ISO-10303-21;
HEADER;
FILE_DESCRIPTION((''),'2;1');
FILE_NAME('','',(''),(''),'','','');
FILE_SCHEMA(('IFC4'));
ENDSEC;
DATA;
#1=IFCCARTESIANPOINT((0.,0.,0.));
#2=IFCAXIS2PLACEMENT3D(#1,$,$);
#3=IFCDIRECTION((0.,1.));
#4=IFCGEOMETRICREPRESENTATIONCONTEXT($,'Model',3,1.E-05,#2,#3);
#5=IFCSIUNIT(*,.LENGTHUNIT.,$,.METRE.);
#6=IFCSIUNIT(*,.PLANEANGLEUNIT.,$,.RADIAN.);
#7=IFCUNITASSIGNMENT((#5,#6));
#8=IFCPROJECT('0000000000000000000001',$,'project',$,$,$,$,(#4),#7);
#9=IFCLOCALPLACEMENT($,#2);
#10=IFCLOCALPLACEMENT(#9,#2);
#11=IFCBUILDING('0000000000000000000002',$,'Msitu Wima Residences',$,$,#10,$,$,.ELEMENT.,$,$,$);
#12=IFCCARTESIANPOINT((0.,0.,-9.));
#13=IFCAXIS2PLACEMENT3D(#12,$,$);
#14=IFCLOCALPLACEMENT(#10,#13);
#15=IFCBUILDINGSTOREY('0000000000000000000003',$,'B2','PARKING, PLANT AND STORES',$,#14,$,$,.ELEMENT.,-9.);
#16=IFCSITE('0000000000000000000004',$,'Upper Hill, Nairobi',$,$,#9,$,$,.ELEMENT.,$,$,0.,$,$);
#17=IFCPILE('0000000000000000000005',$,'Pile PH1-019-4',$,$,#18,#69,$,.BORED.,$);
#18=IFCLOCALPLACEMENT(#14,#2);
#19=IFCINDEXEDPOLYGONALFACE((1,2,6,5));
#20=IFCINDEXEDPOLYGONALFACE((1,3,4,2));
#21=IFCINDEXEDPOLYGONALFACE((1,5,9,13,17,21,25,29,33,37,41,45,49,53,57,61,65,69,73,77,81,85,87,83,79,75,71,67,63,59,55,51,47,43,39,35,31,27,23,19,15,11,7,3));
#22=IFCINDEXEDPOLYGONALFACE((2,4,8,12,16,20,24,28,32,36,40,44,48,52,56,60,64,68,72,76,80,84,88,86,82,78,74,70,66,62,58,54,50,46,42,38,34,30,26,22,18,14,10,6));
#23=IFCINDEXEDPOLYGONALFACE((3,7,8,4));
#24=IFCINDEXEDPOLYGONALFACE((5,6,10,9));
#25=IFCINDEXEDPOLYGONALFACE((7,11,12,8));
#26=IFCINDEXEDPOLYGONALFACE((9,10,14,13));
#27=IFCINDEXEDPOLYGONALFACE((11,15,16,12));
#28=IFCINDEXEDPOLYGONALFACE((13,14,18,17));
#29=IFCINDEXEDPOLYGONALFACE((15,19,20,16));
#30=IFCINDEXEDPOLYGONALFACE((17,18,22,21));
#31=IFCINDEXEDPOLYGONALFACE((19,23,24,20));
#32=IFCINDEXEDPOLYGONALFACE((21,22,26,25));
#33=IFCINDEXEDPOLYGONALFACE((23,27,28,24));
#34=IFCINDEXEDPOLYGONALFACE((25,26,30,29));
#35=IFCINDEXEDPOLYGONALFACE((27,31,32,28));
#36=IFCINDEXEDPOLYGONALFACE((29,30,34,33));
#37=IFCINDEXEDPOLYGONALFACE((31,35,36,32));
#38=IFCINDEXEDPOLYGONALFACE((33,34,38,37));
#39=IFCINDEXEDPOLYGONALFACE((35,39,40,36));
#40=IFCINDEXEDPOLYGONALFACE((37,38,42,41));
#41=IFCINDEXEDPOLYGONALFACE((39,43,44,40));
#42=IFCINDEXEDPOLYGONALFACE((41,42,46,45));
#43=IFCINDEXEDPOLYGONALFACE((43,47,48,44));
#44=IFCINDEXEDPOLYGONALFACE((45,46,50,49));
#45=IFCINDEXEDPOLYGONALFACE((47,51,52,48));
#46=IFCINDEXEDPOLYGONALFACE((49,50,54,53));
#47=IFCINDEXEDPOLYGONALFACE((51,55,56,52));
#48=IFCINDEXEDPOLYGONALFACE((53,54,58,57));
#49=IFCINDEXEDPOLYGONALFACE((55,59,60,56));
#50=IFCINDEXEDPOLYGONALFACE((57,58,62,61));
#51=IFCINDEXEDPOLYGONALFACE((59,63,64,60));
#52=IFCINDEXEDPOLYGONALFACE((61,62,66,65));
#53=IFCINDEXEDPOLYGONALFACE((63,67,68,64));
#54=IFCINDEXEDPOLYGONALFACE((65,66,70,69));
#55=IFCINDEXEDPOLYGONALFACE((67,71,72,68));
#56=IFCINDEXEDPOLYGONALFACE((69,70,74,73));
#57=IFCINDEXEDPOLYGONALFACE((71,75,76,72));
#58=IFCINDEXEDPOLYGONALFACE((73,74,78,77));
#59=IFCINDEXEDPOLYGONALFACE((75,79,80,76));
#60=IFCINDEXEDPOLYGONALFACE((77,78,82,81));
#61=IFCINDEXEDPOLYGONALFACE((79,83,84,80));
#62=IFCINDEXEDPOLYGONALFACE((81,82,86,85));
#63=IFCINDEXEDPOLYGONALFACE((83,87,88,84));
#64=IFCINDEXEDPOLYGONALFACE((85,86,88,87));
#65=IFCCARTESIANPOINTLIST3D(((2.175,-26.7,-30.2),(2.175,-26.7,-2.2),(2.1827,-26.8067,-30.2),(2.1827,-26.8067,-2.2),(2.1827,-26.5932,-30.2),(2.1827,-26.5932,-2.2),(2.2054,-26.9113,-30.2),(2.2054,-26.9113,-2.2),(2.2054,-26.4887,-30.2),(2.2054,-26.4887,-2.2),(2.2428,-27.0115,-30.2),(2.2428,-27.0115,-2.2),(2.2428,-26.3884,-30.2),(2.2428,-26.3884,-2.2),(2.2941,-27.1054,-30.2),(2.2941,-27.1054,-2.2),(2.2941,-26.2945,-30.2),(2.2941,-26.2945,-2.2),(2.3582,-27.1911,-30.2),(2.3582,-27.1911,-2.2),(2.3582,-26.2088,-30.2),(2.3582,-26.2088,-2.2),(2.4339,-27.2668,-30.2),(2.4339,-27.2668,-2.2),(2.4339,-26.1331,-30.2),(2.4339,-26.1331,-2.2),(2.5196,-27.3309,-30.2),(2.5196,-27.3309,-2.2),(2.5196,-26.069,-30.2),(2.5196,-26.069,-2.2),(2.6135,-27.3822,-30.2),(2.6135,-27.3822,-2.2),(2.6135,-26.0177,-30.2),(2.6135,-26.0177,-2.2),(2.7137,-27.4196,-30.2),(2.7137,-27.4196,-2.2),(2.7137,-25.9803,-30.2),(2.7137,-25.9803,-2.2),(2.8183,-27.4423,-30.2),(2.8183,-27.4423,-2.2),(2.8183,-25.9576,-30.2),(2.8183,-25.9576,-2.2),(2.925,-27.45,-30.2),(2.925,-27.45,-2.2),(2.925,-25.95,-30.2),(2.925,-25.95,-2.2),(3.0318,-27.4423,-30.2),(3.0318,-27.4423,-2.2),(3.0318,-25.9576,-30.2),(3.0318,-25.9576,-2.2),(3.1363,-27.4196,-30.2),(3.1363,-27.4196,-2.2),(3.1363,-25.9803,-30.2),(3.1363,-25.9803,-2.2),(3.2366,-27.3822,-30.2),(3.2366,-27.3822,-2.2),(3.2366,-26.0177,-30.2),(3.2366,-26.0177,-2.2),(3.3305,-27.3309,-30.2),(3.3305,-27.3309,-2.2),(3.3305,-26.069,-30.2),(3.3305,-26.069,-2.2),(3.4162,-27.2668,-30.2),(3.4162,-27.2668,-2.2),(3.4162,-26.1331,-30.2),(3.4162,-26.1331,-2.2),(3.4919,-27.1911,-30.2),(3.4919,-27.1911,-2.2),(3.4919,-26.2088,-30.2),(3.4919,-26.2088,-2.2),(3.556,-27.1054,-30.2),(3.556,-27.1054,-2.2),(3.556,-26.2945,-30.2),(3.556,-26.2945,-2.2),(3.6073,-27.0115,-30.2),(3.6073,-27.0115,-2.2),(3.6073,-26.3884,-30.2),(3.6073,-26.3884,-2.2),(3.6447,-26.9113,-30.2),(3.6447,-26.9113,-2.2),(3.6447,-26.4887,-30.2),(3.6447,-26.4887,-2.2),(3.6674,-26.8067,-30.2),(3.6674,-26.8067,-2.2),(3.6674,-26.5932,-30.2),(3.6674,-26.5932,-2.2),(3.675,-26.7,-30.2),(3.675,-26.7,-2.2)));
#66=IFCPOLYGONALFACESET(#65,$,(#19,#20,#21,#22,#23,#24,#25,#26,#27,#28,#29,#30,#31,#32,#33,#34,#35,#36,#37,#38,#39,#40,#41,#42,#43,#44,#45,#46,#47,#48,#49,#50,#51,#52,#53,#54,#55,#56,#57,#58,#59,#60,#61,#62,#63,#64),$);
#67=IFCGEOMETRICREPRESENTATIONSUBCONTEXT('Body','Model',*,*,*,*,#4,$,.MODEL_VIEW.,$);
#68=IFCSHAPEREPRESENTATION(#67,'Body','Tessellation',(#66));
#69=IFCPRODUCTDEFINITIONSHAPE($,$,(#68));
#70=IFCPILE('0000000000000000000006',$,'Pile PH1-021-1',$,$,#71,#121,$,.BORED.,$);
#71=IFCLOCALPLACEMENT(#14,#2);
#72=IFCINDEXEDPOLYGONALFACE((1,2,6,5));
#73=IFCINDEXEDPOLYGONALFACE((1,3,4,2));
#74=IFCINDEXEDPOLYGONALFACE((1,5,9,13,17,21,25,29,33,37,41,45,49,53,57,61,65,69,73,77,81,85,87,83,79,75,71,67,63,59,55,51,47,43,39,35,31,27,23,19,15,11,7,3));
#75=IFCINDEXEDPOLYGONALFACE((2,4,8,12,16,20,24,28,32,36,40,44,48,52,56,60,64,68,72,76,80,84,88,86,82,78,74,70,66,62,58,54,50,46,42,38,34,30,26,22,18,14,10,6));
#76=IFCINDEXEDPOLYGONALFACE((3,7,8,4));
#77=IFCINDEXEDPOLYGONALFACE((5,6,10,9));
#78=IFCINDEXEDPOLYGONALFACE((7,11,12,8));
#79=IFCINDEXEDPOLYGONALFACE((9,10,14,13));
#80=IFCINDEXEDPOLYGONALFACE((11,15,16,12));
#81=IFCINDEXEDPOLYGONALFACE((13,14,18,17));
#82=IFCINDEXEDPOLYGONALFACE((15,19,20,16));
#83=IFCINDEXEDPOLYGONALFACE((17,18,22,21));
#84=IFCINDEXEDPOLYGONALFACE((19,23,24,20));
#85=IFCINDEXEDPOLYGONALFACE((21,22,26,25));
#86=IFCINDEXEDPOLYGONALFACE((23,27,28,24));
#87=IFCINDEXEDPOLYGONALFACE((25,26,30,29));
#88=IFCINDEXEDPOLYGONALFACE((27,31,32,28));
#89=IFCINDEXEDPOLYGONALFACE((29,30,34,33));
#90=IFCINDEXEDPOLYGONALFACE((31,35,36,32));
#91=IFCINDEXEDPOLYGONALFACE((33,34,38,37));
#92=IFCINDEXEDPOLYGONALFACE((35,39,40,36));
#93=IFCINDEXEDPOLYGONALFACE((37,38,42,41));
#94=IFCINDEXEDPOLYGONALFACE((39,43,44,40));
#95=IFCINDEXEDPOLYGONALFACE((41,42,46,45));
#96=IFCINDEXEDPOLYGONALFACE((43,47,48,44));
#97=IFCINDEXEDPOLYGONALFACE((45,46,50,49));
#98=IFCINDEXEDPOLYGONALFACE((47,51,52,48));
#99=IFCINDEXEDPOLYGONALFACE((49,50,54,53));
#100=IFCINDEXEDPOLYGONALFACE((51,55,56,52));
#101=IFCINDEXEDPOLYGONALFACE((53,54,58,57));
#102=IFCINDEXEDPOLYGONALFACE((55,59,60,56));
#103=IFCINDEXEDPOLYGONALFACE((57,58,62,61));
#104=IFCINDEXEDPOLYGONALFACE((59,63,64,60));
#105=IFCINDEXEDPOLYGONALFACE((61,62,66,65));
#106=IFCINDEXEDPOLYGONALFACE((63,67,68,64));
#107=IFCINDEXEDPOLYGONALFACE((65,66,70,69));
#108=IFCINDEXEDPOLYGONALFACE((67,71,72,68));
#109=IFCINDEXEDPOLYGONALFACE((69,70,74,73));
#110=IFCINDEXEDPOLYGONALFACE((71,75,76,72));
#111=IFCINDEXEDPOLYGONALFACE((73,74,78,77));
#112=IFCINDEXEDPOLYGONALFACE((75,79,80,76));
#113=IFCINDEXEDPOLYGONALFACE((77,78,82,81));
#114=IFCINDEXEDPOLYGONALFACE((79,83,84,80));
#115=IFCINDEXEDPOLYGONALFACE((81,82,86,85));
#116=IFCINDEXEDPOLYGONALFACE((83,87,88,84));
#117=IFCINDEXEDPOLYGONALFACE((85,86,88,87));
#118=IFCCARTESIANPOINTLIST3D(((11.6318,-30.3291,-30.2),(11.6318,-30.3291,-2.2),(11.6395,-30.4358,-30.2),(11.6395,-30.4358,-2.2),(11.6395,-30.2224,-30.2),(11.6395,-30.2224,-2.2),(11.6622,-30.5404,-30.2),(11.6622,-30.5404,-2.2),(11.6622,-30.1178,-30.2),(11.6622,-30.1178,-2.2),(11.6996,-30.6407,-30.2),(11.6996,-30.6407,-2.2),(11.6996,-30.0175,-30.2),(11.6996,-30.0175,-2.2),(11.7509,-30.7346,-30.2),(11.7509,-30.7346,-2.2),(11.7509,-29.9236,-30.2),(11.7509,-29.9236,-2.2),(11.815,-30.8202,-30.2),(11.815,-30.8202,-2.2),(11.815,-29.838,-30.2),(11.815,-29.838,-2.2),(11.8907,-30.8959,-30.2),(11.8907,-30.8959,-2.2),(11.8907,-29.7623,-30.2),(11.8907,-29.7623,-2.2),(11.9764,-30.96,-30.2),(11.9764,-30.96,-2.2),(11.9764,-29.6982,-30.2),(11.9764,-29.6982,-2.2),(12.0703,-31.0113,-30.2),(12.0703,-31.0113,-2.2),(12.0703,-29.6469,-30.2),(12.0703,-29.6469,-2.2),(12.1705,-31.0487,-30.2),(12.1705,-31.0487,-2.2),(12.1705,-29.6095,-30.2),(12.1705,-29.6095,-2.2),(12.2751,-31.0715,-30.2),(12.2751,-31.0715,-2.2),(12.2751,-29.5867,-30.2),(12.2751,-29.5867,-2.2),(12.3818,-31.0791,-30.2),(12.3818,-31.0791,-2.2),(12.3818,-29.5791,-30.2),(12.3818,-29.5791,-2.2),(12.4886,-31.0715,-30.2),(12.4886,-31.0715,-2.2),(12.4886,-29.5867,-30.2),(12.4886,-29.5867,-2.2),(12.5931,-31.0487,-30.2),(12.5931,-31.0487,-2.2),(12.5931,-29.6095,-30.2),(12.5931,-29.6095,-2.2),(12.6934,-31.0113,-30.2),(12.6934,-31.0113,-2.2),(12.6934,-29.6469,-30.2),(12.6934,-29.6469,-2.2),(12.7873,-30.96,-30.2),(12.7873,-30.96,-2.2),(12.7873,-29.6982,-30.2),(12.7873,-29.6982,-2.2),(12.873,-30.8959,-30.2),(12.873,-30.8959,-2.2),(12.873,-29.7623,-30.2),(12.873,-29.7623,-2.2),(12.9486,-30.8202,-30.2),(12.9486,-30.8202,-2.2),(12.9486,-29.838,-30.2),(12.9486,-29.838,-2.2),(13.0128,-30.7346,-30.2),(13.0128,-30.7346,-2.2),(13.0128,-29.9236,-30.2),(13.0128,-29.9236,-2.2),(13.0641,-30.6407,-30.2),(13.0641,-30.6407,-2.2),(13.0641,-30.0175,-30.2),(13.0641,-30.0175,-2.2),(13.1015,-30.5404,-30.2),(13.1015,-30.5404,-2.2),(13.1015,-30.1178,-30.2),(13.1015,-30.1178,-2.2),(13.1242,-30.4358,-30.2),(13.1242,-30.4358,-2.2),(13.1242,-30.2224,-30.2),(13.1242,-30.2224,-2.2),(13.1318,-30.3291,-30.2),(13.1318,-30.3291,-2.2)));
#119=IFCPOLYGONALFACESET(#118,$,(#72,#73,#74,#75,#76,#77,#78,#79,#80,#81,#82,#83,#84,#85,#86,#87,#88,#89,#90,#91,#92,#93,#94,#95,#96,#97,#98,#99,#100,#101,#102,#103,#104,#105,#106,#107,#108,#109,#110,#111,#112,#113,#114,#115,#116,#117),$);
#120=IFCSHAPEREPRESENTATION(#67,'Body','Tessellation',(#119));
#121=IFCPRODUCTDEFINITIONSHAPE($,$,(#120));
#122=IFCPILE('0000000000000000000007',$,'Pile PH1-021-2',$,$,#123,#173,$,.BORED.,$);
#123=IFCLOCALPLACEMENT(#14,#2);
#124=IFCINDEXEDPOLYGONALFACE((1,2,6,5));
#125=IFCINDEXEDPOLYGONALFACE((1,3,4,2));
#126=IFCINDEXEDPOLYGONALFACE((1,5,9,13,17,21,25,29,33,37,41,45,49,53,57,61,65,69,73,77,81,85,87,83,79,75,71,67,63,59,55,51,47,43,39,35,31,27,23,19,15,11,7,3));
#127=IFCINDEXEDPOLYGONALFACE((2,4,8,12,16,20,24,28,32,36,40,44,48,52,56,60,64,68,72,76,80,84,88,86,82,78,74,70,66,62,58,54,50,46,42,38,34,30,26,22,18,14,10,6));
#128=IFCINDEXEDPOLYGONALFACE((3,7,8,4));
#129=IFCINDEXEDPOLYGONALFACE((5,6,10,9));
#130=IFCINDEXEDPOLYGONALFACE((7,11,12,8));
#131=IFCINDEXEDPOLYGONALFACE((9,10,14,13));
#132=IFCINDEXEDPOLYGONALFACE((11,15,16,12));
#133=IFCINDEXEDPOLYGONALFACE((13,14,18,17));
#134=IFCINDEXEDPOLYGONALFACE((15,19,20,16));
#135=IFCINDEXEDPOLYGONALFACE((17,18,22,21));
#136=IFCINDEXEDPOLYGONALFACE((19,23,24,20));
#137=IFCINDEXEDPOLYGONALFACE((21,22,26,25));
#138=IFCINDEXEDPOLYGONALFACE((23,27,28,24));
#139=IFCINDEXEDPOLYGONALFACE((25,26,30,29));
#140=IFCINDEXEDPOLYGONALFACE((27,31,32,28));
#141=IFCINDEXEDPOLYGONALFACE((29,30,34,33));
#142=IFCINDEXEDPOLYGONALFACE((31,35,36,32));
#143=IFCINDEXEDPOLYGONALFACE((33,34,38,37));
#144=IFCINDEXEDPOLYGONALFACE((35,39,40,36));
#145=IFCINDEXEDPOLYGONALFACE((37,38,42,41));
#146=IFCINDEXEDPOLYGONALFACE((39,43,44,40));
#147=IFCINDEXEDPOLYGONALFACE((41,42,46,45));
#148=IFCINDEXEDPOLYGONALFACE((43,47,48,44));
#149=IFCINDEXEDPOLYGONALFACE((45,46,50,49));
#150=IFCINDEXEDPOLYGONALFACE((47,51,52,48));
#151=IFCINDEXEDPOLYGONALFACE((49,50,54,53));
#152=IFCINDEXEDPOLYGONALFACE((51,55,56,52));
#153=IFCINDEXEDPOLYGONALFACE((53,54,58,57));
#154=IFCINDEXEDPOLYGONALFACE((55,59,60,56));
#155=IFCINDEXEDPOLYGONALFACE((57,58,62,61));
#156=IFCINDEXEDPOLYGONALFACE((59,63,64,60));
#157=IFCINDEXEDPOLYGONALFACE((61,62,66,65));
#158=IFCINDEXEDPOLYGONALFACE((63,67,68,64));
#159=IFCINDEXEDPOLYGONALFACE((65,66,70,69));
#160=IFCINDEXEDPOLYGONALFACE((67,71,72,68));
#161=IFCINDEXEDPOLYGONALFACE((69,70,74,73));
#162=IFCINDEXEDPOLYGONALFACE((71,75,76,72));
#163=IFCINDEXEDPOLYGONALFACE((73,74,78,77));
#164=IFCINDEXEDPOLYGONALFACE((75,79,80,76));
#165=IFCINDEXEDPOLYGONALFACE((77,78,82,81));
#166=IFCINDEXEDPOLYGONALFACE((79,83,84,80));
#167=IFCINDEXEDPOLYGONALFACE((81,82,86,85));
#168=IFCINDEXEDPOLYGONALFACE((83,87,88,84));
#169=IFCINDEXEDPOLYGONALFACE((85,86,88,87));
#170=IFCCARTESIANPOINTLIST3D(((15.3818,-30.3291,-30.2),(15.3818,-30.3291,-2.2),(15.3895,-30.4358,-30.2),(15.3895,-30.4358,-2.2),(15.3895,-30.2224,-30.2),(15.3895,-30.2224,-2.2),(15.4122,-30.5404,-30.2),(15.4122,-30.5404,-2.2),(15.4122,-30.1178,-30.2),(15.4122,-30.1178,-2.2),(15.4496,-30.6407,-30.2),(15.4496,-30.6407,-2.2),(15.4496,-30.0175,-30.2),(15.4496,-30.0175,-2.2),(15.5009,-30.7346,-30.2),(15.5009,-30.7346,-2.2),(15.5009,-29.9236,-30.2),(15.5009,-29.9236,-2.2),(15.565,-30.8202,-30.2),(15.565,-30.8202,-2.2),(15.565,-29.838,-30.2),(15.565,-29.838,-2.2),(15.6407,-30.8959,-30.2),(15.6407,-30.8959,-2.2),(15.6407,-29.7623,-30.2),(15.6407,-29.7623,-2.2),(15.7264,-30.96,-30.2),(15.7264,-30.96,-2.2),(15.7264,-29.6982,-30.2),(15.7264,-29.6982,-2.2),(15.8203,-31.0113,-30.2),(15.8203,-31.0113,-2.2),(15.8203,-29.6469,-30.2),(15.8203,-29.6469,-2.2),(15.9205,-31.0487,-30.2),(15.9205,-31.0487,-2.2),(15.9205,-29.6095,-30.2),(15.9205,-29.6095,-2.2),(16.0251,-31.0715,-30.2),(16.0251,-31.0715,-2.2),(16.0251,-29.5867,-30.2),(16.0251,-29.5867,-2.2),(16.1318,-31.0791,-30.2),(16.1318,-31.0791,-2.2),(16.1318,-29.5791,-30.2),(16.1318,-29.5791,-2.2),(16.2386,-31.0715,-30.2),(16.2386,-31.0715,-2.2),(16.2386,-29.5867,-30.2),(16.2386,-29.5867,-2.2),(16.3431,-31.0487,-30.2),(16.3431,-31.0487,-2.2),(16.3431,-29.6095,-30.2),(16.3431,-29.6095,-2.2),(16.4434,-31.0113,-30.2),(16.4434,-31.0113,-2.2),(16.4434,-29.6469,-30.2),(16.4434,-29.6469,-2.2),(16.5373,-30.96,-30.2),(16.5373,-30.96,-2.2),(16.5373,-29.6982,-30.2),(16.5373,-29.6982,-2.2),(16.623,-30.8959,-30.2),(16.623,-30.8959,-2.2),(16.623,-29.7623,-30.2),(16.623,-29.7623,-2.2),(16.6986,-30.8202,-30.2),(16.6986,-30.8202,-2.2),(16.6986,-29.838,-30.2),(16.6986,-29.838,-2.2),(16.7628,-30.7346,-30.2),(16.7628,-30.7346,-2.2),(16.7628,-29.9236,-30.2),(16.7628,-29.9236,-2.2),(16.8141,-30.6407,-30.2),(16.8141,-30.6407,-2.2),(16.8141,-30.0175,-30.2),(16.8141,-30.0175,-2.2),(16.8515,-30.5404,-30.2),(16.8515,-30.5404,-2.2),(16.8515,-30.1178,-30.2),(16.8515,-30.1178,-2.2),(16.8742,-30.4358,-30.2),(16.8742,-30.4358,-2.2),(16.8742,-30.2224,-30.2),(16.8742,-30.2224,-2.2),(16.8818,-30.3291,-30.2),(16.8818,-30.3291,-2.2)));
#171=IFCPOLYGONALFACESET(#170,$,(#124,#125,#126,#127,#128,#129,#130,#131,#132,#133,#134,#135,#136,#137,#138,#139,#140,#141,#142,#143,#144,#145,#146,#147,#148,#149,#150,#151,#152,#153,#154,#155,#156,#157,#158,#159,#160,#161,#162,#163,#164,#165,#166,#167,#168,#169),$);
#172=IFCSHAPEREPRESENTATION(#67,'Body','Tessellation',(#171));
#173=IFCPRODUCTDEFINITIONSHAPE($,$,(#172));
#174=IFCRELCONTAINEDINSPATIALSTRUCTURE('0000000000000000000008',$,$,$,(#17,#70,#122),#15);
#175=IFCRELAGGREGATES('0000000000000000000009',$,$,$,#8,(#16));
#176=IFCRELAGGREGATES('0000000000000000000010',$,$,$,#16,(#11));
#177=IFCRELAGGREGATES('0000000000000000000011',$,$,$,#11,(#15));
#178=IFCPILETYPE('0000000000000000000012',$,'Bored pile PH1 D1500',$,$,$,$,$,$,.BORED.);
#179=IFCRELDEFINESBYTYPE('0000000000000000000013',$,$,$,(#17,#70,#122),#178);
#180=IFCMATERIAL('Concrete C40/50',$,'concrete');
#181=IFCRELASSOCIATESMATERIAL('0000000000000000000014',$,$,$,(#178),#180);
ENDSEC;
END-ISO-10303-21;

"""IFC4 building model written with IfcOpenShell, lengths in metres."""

from ifc_helpers import new_model, si_unit, direction, frame, origin, origin_2d, place, context, subcontext, project, spatial, circle, extrude, material, type_object, element, save


model = new_model("IFC4")

# Units and contexts
model_context = context("Model", 3, precision=1e-05, world=origin(), true_north=direction((0.0, 1.0)))
body_context = subcontext(model_context, "Body", "Model", "MODEL_VIEW")
ifc_project = project(units=[si_unit("LENGTHUNIT", "METRE"), si_unit("PLANEANGLEUNIT", "RADIAN")], contexts=[model_context])

# Site, building, storey
site_placement = place(None, origin())
site = spatial("IfcSite", under=ifc_project, at=site_placement, Name="Upper Hill, Nairobi", CompositionType="ELEMENT", RefElevation=0.0)
building_placement = place(site_placement, origin())
building = spatial("IfcBuilding", under=site, at=building_placement, Name="Msitu Wima Residences", CompositionType="ELEMENT")
storey_placement = place(building_placement, frame((0.0, 0.0, -9.0)))
storey = spatial("IfcBuildingStorey", under=building, at=storey_placement, Name="B2", Description="PARKING, PLANT AND STORES", CompositionType="ELEMENT", Elevation=-9.0)

# Piles
ifc_material_1 = material(Name="Concrete C40/50", Category="concrete")
pile_type_1 = type_object("IfcPileType", Name="Bored pile PH1 D1500", PredefinedType="BORED", material=ifc_material_1)
for number, where, z_axis, x_axis, name in (
    (1, (2.925, -26.7, -2.2), (0.0, 0.0, -1.0), (1.0, 0.0, 0.0), "Pile PH1-019-4"),
    (2, (12.3818, -30.3291, -2.2), (0.0, 0.0, -1.0), (1.0, 0.0, 0.0), "Pile PH1-021-1"),
    (3, (16.1318, -30.3291, -2.2), (0.0, 0.0, -1.0), (1.0, 0.0, 0.0), "Pile PH1-021-2"),
):
    element("IfcPile", number, at=place(storey_placement, frame(where, z_axis=z_axis, x_axis=x_axis)), inside=storey, type_object=pile_type_1, Name=name, PredefinedType="BORED", context=body_context, shape_type="SweptSolid", body=[
        extrude(circle(Radius=0.75, at=origin_2d()), origin(), (0.0, 0.0, 1.0), 28.0),
    ])

save(model, "model.ifc")
